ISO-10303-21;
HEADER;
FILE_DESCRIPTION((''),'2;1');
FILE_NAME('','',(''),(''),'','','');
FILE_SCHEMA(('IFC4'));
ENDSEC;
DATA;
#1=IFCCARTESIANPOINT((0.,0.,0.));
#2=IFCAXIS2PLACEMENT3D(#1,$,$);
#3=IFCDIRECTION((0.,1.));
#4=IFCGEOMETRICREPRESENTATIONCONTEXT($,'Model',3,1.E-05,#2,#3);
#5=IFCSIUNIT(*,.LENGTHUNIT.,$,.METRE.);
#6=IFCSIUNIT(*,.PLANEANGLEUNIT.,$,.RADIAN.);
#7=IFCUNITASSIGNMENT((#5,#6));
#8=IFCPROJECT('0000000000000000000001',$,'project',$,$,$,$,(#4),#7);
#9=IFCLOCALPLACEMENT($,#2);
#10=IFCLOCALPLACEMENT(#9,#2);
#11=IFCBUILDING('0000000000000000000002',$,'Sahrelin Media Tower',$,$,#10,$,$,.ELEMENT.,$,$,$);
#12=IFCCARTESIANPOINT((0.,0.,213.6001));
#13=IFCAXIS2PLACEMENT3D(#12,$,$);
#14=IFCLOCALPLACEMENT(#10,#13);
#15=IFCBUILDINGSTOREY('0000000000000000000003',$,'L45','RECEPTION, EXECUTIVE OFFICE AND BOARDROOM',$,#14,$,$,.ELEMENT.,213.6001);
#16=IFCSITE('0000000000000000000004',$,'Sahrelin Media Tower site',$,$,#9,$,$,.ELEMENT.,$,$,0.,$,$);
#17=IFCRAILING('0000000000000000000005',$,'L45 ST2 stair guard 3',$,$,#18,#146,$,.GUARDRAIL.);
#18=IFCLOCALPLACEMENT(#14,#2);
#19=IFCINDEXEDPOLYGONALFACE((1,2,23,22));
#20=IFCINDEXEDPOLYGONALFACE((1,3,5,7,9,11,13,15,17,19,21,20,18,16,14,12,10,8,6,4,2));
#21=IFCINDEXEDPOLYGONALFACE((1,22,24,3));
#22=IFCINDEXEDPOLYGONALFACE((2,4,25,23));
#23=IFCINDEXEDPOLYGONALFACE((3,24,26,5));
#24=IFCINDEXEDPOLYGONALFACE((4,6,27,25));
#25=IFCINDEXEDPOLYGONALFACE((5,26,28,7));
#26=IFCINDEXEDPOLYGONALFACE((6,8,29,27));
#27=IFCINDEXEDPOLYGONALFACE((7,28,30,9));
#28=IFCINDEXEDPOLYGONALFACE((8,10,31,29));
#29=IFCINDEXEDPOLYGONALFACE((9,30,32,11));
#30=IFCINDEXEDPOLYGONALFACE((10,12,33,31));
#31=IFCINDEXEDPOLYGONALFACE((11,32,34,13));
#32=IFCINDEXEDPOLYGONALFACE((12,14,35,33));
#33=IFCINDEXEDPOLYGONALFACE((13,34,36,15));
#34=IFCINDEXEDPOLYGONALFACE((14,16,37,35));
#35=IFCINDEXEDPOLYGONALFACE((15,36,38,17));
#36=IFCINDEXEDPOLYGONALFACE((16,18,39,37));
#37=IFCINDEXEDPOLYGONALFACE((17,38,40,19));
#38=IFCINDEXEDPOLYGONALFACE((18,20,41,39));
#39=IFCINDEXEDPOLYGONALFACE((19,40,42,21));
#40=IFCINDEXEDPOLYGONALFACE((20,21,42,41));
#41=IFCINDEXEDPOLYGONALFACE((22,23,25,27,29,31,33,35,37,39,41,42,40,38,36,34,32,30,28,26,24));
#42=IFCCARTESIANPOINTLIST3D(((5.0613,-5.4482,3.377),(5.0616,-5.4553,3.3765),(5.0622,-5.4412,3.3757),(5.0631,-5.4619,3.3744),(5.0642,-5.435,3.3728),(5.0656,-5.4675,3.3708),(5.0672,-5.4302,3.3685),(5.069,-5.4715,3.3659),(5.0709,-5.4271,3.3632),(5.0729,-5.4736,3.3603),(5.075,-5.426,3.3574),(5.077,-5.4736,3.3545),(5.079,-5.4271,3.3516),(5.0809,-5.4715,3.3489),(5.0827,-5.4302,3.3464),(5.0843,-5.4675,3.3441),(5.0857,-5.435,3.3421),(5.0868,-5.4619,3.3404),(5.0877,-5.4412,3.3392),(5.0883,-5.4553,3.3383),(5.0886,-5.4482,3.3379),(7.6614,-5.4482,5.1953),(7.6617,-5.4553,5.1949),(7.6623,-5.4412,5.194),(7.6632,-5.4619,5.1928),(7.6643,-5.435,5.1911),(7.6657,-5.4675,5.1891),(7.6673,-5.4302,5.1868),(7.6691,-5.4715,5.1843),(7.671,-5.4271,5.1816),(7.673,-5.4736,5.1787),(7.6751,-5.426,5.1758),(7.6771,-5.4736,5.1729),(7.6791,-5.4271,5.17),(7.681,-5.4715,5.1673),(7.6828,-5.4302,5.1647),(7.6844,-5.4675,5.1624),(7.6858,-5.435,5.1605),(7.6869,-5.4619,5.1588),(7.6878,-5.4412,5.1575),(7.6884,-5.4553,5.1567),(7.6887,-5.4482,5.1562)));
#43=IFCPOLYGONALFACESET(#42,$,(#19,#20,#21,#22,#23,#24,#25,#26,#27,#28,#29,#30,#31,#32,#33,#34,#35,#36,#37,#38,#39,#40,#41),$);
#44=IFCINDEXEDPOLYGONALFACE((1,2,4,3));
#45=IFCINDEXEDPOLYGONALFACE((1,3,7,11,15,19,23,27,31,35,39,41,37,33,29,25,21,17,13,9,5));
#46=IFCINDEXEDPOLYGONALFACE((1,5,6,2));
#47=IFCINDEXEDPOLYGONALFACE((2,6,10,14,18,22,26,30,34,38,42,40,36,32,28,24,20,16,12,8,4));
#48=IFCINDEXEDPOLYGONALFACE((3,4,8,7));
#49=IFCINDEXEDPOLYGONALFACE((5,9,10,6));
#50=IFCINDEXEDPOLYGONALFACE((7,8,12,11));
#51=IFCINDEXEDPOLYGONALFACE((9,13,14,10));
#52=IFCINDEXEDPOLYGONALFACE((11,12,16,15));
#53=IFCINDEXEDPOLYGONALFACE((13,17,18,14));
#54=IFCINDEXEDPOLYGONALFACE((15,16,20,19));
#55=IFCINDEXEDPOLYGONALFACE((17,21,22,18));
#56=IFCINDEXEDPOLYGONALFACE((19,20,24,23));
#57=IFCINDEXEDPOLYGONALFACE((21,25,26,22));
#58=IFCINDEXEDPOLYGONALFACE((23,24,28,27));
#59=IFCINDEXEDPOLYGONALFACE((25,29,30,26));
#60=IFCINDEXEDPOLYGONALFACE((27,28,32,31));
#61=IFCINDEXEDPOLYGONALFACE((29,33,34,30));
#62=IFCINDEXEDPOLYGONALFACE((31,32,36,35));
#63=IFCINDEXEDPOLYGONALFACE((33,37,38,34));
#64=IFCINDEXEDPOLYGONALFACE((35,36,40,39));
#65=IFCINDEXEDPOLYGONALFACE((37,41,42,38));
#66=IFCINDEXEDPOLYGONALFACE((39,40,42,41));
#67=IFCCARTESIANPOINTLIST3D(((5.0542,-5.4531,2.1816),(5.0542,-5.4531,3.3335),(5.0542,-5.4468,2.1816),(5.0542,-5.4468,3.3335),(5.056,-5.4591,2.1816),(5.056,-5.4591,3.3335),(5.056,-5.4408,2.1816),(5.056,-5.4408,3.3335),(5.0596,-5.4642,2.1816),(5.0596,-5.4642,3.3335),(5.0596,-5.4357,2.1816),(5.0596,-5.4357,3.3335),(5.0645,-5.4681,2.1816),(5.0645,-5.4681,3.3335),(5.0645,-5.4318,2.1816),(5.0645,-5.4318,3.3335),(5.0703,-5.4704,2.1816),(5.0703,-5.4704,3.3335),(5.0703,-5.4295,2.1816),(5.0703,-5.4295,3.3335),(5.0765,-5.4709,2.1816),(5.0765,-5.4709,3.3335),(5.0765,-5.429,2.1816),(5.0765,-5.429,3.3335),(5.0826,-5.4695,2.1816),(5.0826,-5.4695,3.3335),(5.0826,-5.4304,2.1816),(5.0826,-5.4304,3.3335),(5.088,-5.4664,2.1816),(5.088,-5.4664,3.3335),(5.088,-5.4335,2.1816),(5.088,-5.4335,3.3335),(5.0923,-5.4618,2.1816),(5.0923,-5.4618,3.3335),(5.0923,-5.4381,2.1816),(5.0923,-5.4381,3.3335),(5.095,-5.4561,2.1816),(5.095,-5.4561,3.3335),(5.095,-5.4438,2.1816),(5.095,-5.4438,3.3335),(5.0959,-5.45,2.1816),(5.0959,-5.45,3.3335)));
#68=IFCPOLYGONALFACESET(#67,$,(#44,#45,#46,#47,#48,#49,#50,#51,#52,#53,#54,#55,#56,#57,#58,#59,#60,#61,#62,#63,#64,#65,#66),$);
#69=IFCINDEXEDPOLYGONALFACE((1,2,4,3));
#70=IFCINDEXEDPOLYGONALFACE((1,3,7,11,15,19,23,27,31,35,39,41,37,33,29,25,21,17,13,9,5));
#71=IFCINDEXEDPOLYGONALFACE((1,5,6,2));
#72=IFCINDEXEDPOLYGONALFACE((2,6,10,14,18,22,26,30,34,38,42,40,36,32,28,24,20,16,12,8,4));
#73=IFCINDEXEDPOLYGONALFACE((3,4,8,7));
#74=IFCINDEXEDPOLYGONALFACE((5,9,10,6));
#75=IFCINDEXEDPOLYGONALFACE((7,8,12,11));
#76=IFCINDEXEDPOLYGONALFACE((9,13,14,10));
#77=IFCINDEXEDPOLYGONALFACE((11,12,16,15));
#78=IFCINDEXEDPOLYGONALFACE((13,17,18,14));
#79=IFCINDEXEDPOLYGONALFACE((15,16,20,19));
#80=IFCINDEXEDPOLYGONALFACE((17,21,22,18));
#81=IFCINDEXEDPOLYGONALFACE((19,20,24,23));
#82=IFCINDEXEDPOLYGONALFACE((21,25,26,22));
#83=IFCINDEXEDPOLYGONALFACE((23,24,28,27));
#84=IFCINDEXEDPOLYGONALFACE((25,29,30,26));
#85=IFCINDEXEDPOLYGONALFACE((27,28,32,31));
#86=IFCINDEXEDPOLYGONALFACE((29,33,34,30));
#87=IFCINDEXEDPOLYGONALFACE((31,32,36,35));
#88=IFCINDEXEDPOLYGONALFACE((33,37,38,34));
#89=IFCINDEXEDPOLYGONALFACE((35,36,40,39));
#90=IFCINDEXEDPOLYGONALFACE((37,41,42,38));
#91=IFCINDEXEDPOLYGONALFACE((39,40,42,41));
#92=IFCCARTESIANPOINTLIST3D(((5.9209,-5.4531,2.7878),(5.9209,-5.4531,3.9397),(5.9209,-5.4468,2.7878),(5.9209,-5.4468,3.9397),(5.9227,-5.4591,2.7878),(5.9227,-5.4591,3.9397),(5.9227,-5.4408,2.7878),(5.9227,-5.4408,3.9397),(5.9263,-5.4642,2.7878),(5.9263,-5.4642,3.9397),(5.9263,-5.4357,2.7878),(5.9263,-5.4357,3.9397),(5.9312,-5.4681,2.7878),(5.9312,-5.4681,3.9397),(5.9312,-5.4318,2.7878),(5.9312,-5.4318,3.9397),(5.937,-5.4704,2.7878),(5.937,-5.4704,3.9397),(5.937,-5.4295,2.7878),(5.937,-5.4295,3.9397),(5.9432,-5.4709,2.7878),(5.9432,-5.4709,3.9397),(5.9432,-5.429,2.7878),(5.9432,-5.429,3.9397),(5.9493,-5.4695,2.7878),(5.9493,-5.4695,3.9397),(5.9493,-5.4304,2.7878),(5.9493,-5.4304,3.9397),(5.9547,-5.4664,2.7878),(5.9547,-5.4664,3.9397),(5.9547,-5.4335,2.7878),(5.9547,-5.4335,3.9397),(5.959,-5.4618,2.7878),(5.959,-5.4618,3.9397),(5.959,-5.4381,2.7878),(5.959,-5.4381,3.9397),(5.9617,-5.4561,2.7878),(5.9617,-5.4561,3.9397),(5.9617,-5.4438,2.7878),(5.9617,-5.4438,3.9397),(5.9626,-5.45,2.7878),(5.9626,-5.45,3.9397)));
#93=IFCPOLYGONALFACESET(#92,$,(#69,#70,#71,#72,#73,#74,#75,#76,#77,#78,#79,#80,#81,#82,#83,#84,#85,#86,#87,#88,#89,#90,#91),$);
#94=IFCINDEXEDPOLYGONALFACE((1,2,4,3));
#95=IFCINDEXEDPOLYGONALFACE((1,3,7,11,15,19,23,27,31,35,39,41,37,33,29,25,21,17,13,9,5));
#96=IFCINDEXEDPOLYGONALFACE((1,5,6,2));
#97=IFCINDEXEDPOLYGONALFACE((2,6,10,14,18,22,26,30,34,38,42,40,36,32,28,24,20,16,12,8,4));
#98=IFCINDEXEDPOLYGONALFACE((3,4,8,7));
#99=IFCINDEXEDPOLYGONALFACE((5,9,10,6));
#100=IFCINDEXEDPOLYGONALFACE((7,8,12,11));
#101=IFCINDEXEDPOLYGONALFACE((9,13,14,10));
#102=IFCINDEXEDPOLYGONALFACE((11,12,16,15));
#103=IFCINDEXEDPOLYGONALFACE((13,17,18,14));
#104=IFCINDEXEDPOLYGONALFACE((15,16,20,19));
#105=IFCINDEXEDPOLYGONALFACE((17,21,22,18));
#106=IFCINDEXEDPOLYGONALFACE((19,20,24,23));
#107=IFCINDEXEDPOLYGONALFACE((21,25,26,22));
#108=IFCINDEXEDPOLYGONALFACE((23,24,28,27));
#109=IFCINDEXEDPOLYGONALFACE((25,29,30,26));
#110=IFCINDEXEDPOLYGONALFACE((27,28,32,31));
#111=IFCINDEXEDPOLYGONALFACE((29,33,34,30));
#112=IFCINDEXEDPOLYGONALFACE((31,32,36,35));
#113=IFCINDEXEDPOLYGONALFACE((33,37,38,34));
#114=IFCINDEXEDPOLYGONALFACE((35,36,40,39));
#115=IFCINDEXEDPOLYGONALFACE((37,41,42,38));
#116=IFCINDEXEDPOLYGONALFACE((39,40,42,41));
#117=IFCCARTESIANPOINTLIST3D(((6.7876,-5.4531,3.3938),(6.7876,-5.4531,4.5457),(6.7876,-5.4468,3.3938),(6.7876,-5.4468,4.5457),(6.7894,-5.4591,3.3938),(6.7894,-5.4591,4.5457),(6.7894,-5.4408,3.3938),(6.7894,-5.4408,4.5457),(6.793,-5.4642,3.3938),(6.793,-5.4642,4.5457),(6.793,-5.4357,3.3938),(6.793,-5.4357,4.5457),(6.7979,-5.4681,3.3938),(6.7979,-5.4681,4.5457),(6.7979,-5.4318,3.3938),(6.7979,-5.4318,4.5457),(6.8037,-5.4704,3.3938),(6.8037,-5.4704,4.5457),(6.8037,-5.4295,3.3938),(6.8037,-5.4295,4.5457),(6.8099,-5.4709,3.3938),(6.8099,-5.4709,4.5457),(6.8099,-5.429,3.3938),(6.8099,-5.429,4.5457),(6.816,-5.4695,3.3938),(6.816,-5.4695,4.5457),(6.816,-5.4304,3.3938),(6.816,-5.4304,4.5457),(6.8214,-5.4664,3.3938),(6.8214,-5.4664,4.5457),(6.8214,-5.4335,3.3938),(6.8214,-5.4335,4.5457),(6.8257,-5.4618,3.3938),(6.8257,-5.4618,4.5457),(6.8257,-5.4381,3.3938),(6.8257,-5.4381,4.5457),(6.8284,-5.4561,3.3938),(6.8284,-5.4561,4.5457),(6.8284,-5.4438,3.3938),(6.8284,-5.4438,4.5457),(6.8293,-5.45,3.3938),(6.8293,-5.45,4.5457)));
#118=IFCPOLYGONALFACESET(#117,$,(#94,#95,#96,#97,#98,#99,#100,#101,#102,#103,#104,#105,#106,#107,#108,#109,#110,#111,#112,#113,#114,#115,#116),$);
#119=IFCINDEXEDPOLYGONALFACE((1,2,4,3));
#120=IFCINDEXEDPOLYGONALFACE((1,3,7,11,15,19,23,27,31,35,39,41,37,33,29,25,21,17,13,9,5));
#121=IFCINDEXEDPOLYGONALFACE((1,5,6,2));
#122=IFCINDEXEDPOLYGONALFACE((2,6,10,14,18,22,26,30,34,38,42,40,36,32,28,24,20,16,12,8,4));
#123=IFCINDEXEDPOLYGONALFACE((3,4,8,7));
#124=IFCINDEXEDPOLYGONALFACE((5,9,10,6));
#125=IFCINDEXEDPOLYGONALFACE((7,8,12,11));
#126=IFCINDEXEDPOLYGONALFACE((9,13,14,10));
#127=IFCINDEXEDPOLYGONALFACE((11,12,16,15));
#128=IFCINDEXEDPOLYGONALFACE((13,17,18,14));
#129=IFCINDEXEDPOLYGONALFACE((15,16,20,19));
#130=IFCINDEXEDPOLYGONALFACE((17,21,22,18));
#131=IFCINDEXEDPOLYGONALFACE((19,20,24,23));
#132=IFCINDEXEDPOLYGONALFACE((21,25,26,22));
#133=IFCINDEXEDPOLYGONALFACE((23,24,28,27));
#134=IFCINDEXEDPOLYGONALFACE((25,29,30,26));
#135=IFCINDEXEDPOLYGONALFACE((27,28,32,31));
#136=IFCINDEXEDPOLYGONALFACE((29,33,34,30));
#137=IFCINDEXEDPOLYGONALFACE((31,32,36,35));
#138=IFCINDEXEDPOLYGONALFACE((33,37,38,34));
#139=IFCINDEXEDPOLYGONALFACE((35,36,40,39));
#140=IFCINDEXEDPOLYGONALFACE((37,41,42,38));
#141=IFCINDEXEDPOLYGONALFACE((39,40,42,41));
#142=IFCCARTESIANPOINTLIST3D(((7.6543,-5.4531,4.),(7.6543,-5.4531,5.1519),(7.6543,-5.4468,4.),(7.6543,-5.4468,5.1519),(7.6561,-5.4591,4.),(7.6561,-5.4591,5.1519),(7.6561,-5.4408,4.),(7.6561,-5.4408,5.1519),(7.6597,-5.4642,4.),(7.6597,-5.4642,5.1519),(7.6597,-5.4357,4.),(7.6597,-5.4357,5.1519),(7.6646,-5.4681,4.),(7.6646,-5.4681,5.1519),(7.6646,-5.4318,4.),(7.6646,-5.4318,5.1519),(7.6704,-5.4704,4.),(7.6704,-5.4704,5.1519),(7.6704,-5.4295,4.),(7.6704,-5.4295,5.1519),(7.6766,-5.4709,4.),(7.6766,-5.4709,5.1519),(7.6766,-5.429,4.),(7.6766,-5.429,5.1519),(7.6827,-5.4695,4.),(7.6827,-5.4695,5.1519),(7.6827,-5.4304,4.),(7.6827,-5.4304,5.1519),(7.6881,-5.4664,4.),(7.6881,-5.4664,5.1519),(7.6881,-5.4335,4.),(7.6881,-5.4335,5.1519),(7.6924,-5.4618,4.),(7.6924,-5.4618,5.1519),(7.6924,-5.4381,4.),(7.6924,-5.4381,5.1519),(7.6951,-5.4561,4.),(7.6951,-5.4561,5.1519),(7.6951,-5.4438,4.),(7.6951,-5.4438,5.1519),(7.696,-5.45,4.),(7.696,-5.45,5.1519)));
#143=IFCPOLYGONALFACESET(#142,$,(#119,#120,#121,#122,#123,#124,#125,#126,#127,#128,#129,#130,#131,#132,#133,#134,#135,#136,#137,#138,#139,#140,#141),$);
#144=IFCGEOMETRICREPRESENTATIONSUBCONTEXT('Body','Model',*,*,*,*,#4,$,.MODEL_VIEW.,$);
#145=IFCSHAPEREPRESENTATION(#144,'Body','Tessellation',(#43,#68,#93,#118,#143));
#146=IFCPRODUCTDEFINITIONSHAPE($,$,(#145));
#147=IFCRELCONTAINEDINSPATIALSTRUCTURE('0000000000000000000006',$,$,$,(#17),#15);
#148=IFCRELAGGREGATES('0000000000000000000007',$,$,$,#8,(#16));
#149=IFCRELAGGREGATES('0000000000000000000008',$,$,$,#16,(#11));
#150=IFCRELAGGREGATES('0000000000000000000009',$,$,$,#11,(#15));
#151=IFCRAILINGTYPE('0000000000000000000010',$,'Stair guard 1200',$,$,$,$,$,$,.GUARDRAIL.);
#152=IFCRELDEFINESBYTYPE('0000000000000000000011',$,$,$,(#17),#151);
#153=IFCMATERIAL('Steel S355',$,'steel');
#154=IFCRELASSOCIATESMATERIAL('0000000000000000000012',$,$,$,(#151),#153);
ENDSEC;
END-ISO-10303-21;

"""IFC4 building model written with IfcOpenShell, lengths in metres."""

from ifc_helpers import new_model, si_unit, direction, frame, origin, origin_2d, place, context, subcontext, project, spatial, circle, extrude, material, type_object, element, save


model = new_model("IFC4")

# Units and contexts
model_context = context("Model", 3, precision=1e-05, world=origin(), true_north=direction((0.0, 1.0)))
body_context = subcontext(model_context, "Body", "Model", "MODEL_VIEW")
ifc_project = project(units=[si_unit("LENGTHUNIT", "METRE"), si_unit("PLANEANGLEUNIT", "RADIAN")], contexts=[model_context])

# Site, building, storey
site_placement = place(None, origin())
site = spatial("IfcSite", under=ifc_project, at=site_placement, Name="Sahrelin Media Tower site", CompositionType="ELEMENT", RefElevation=0.0)
building_placement = place(site_placement, origin())
building = spatial("IfcBuilding", under=site, at=building_placement, Name="Sahrelin Media Tower", CompositionType="ELEMENT")
storey_placement = place(building_placement, frame((0.0, 0.0, 213.6001)))
storey = spatial("IfcBuildingStorey", under=building, at=storey_placement, Name="L45", Description="RECEPTION, EXECUTIVE OFFICE AND BOARDROOM", CompositionType="ELEMENT", Elevation=213.6001)

# Shared definitions
ifc_material_1 = material(Name="Steel S355", Category="steel")

# Railing
railing_type_1 = type_object("IfcRailingType", Name="Stair guard 1200", PredefinedType="GUARDRAIL", material=ifc_material_1)
railing_1_placement = place(storey_placement, frame((5.075, -5.45, 2.1816)))
element("IfcRailing", 1, at=railing_1_placement, inside=storey, type_object=railing_type_1, Name="L45 ST2 stair guard 3", PredefinedType="GUARDRAIL", context=body_context, shape_type="SweptSolid", body=[
    extrude(circle(Radius=0.0239, at=origin_2d()), frame((0.0, 0.0, 1.1758), z_axis=(0.819485, 0.0, 0.573101), x_axis=(0.0, 1.0, 0.0)), (0.0, 0.0, 1.0), 3.1729),
    extrude(circle(Radius=0.021, at=origin_2d()), origin(), (0.0, 0.0, 1.0), 1.1519),
    extrude(circle(Radius=0.021, at=origin_2d()), frame((0.8667, 0.0, 0.6062)), (0.0, 0.0, 1.0), 1.1519),
    extrude(circle(Radius=0.021, at=origin_2d()), frame((1.7334, 0.0, 1.2122)), (0.0, 0.0, 1.0), 1.1519),
    extrude(circle(Radius=0.021, at=origin_2d()), frame((2.6001, 0.0, 1.8184)), (0.0, 0.0, 1.0), 1.1519),
])

save(model, "model.ifc")
